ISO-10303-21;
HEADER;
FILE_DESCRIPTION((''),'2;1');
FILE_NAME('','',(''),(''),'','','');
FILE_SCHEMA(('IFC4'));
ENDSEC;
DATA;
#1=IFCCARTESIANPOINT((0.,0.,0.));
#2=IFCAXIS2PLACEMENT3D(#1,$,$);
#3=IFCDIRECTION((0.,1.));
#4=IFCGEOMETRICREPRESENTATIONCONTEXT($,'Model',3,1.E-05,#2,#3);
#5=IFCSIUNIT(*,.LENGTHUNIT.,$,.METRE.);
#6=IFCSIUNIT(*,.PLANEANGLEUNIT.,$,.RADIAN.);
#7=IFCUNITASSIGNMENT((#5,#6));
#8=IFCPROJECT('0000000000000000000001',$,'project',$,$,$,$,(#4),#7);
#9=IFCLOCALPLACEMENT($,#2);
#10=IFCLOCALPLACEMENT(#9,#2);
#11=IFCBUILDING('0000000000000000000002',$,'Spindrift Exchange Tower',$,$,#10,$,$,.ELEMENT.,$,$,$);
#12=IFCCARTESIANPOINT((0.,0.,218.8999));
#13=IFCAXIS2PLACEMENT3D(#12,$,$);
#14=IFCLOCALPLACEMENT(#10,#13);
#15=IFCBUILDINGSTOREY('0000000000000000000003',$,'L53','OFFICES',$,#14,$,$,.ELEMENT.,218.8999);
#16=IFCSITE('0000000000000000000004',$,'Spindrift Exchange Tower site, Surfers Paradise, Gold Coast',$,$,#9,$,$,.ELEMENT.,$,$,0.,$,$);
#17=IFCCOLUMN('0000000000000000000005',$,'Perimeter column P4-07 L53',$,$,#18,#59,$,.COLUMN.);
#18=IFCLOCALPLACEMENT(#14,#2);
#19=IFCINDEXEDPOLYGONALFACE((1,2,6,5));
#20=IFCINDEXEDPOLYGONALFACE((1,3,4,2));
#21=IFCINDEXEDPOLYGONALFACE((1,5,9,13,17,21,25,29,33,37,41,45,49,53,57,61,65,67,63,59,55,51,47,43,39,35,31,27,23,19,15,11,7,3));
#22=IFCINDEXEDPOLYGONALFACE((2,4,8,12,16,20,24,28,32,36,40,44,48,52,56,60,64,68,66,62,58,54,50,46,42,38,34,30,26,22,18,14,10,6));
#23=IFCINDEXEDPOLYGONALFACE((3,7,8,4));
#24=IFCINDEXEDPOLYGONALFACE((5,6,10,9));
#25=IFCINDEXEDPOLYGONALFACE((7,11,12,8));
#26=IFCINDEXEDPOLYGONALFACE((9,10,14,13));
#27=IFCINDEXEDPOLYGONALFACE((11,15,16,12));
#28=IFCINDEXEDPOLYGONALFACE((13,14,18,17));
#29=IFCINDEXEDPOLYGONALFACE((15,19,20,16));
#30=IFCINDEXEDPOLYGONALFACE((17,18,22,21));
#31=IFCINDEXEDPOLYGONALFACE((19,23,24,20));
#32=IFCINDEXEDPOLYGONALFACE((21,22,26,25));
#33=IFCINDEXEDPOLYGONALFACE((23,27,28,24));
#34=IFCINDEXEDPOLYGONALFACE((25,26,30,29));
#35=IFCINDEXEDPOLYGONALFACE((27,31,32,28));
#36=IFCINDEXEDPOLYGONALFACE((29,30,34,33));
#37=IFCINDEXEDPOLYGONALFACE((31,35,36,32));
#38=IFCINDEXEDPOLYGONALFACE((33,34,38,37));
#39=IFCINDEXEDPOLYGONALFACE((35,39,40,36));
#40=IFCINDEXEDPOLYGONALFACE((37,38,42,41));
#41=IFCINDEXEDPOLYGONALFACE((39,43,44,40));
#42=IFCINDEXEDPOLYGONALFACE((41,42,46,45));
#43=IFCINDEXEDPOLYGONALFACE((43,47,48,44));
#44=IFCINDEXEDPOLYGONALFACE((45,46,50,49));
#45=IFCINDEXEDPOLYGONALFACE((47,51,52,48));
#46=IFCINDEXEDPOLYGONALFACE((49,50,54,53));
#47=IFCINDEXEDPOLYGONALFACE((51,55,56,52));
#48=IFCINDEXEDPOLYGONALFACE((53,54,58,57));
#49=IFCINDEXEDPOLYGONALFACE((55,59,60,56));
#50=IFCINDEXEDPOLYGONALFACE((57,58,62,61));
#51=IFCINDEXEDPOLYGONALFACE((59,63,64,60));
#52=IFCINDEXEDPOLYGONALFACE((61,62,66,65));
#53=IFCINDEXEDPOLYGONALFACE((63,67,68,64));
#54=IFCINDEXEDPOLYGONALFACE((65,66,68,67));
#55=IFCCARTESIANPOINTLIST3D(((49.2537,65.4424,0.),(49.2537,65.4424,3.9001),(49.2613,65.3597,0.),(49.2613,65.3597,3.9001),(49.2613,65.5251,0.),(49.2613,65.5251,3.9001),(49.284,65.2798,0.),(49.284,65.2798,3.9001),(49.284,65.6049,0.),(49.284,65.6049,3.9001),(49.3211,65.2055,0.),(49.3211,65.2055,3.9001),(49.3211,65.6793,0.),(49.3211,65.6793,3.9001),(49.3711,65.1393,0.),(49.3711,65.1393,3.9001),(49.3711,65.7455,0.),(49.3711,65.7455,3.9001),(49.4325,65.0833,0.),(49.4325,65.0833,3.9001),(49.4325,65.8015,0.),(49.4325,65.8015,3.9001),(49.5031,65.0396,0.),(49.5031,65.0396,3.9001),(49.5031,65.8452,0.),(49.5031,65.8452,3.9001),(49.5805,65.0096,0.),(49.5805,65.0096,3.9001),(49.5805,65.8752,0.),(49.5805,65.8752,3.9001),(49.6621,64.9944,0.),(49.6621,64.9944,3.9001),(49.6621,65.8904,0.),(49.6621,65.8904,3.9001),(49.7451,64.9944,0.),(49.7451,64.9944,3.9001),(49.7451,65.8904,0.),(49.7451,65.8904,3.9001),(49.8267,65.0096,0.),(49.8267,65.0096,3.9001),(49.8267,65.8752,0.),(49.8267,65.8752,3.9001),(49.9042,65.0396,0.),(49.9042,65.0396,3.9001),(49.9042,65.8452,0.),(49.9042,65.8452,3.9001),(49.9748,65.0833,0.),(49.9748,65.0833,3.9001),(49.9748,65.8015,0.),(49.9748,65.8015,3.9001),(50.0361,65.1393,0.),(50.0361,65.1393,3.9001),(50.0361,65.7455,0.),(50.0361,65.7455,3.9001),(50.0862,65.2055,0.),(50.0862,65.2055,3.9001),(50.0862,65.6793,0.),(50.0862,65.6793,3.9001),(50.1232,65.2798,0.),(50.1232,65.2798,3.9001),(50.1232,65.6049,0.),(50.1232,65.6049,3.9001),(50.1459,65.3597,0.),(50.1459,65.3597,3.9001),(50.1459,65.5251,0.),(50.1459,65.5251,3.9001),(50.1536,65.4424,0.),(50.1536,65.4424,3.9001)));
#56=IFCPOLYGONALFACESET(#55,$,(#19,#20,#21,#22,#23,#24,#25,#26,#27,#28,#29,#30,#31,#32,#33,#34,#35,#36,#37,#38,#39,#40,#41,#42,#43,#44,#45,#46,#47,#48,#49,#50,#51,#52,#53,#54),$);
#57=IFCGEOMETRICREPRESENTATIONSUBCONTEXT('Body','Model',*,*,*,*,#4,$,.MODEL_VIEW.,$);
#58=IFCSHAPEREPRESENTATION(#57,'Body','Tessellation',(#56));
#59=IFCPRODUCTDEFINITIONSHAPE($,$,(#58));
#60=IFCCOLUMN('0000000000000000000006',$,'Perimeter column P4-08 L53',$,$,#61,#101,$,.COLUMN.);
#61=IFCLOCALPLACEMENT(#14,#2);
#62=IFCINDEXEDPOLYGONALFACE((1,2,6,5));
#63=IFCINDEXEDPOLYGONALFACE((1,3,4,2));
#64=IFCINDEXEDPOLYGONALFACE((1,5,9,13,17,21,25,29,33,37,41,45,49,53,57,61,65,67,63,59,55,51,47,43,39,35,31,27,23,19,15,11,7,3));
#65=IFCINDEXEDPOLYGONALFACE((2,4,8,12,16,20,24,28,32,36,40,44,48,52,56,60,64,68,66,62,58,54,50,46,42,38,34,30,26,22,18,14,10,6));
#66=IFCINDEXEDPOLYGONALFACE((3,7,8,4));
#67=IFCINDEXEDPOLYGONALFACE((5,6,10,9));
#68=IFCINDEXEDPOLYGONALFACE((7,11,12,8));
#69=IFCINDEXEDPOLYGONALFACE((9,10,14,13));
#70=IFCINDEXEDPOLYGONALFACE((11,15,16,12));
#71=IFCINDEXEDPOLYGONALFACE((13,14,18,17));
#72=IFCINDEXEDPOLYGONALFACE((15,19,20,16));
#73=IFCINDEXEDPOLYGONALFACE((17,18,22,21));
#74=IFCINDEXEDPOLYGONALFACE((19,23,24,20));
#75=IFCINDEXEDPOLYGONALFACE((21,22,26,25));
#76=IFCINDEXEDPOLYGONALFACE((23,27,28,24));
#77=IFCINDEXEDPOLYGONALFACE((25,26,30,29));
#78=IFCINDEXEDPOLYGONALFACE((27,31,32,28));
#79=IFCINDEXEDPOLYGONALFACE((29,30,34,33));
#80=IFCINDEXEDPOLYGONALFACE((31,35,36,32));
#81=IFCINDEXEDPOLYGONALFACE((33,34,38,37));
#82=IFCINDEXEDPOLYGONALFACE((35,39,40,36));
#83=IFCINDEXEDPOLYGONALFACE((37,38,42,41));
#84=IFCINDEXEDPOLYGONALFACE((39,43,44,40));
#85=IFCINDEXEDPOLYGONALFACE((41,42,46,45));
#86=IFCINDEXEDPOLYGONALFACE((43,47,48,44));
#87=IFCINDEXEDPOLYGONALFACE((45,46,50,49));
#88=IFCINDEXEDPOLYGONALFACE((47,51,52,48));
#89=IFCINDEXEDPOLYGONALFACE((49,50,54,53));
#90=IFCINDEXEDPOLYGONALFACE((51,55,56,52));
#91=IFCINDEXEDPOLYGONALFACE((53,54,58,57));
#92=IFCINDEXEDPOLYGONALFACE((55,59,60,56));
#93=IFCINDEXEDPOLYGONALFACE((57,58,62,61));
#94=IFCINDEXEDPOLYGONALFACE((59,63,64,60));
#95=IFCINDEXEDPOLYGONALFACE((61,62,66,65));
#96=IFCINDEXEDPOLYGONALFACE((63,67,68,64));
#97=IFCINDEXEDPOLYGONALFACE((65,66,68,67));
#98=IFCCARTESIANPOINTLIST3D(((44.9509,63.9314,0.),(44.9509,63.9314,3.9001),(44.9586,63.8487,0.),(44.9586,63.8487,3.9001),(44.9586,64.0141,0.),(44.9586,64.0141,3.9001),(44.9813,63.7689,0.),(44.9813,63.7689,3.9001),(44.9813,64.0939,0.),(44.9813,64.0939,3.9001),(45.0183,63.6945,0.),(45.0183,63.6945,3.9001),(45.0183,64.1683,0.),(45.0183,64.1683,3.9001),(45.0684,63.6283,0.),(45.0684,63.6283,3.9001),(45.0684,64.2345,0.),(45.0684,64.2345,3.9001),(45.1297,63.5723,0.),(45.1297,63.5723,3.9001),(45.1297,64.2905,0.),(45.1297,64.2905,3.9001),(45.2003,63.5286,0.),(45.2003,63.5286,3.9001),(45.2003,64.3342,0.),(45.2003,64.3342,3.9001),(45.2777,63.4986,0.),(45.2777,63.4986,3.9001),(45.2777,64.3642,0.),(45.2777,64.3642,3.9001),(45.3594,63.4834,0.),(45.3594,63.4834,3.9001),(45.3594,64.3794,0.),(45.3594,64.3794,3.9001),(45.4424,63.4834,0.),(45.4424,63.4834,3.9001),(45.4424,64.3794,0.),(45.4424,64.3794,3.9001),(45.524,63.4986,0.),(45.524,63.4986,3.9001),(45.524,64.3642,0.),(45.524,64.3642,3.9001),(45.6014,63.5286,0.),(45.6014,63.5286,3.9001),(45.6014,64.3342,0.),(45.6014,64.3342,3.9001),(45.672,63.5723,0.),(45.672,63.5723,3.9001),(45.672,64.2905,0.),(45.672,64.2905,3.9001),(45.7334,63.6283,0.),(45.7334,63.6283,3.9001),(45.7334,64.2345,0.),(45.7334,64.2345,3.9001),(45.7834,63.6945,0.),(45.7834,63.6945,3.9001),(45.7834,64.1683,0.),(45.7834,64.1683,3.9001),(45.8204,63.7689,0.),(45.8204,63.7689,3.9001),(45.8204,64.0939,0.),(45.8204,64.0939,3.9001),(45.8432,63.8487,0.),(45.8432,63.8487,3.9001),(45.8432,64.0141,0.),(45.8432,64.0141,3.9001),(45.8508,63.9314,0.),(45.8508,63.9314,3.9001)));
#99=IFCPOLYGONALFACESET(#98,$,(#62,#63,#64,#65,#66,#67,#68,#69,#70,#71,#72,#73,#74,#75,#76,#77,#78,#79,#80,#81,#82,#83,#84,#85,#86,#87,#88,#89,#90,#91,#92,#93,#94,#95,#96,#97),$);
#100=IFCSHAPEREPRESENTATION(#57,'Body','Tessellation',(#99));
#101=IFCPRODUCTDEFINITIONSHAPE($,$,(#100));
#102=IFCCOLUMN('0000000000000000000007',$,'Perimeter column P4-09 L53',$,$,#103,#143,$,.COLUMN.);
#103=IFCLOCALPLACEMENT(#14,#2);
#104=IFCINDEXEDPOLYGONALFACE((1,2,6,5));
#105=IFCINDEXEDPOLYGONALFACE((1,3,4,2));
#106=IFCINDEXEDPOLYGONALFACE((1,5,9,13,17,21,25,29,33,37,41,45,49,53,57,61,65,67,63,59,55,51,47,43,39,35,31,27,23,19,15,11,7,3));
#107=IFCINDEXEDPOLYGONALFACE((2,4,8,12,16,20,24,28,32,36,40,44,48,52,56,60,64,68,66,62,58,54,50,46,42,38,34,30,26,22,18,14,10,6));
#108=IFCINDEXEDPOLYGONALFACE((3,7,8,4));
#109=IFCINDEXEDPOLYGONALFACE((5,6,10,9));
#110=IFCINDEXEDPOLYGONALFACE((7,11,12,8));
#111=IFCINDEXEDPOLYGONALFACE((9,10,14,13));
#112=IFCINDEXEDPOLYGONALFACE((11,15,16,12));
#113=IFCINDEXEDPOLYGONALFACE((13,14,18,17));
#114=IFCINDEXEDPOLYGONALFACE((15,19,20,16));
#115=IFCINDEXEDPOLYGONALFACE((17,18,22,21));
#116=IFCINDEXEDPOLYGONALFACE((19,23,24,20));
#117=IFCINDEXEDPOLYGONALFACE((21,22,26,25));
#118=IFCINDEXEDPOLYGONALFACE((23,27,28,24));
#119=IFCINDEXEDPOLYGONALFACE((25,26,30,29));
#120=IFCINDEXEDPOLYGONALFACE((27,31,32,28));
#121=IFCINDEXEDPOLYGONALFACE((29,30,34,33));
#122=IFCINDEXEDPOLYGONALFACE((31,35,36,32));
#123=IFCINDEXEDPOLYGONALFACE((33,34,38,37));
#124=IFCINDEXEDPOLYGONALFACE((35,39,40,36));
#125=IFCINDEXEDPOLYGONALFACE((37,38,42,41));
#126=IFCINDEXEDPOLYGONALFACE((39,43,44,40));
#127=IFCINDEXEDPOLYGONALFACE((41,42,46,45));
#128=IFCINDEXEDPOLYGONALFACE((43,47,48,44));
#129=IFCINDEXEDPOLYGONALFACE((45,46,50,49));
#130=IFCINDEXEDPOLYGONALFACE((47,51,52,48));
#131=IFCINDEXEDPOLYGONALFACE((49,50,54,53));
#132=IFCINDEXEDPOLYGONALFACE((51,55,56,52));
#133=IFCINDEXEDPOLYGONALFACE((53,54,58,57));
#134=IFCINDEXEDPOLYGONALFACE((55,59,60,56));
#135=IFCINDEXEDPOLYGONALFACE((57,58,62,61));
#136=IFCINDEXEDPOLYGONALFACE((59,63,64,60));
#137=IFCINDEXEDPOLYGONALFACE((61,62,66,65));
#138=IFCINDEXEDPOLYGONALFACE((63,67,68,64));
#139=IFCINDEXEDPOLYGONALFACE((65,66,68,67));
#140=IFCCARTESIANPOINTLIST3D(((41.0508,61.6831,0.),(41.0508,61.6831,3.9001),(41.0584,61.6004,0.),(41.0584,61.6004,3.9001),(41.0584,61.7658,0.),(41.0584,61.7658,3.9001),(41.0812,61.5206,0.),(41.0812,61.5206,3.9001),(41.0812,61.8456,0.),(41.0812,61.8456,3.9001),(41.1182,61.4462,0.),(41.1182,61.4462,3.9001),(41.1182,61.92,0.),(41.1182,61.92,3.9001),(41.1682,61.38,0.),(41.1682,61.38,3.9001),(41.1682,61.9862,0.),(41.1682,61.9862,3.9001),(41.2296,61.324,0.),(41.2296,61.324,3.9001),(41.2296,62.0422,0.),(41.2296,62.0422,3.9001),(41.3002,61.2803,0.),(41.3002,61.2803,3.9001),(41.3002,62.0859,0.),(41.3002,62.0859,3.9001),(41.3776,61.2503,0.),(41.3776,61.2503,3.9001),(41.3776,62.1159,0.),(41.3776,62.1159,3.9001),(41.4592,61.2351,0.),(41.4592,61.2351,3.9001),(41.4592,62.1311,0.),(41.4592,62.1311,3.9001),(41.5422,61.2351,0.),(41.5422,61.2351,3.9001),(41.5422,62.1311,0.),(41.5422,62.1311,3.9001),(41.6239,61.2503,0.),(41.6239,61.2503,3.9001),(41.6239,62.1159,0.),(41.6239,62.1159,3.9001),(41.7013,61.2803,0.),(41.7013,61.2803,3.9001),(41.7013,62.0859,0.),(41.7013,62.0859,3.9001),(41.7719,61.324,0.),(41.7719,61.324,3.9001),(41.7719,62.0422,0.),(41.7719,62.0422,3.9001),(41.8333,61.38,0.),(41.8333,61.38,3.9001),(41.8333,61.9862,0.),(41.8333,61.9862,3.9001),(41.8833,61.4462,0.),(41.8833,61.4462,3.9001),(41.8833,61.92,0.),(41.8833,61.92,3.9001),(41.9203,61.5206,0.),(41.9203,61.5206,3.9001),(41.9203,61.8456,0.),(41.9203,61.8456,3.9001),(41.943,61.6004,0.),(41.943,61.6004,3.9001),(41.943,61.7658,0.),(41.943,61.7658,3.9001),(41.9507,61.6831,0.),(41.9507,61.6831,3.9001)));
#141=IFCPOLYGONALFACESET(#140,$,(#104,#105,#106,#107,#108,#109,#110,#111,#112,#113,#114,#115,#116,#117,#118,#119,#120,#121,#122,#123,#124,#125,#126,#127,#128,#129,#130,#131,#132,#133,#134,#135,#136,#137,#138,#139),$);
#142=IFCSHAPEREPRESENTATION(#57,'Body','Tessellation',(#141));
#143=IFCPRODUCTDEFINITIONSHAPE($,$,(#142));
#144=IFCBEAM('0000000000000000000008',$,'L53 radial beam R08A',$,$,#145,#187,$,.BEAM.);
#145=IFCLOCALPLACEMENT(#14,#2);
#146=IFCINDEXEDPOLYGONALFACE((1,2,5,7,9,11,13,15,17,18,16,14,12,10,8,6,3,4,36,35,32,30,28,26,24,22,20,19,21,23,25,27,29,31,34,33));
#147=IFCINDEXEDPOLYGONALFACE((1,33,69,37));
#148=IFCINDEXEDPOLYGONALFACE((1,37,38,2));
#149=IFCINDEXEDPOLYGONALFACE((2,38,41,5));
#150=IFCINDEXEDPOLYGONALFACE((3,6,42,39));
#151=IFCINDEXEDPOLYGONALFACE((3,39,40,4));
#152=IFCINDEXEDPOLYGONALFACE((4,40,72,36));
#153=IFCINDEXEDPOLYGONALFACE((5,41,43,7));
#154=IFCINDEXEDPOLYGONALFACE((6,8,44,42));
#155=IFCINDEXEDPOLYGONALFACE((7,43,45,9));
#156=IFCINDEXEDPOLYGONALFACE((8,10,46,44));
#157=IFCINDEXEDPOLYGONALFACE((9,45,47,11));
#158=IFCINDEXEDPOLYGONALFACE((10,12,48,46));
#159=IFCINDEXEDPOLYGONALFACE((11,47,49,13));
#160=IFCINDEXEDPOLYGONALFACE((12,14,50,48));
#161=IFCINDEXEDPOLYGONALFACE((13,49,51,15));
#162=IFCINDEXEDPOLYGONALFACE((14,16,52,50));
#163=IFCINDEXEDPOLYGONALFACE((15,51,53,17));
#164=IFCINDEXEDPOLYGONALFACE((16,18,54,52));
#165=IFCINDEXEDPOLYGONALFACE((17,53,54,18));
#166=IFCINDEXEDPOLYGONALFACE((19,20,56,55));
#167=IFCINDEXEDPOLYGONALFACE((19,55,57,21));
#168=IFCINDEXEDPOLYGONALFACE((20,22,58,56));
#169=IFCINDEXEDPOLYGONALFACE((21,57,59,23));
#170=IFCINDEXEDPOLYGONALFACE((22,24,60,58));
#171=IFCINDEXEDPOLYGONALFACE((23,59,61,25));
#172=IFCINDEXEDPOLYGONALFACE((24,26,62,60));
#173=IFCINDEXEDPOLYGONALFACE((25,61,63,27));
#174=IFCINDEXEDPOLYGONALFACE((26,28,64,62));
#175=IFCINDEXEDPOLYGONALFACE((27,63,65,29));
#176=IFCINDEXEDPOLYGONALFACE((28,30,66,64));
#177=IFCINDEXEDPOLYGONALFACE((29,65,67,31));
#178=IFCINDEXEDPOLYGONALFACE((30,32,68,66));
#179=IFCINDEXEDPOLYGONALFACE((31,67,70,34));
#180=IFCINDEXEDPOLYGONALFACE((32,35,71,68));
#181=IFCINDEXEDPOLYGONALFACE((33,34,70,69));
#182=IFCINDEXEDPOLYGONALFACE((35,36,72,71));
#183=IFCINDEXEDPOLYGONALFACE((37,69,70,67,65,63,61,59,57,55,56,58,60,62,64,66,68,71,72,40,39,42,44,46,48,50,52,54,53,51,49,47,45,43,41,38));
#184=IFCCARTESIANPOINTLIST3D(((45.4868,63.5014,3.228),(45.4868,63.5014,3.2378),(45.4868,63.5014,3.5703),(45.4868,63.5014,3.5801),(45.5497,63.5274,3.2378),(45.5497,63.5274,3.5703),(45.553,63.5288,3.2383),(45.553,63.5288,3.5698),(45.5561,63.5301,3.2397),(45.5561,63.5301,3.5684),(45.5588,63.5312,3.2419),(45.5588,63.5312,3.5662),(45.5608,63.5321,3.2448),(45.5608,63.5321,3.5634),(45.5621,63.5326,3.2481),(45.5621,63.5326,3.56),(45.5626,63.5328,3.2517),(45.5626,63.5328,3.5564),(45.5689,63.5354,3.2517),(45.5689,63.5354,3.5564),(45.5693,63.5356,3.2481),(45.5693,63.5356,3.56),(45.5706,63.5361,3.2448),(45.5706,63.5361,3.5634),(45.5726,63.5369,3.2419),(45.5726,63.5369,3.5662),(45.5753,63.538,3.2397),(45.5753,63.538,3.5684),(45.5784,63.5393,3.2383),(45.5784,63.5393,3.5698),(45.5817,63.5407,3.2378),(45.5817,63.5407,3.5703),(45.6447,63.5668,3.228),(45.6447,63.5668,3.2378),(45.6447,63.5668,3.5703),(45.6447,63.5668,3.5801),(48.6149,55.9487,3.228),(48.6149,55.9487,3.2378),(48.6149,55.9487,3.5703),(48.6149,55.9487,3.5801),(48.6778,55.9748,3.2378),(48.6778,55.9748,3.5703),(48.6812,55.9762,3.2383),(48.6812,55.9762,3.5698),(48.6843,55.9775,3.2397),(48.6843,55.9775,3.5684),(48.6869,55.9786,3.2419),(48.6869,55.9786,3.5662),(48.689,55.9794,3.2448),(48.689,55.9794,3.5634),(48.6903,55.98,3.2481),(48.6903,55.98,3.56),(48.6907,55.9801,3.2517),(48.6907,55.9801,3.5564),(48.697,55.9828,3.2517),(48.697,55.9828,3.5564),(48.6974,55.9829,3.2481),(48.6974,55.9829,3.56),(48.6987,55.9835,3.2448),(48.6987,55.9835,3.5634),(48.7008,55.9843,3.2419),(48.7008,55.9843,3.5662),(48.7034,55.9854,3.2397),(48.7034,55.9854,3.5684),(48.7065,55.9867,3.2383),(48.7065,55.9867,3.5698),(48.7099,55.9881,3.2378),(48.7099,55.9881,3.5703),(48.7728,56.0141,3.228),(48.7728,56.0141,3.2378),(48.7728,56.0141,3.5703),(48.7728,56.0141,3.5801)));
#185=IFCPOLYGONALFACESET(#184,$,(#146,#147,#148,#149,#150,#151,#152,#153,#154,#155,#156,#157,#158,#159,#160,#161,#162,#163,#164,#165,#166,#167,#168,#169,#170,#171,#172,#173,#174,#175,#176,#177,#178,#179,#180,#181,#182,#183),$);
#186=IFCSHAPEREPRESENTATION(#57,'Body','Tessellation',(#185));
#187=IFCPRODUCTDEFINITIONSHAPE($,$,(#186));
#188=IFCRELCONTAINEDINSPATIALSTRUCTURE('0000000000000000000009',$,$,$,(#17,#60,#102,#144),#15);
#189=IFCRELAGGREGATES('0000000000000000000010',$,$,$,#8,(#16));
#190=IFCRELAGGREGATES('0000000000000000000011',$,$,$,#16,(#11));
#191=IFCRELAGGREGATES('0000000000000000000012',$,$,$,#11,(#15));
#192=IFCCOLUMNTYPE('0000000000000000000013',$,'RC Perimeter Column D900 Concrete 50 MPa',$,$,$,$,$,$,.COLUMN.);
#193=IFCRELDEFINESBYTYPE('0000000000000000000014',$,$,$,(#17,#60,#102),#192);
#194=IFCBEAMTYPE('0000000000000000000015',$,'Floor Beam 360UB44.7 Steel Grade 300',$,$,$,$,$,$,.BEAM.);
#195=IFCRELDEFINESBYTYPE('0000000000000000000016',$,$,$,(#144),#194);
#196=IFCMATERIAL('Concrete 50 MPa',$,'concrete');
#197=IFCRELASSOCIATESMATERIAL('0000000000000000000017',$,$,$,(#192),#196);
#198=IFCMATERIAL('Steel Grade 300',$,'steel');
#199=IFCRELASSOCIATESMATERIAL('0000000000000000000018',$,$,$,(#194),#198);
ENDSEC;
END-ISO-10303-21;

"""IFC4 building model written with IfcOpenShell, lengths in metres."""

from ifc_helpers import new_model, si_unit, direction, frame, origin, origin_2d, place, context, subcontext, project, spatial, circle, i_section, extrude, source, transform, mapped, material, material_profile, profile_set, type_object, element, save


model = new_model("IFC4")

# Units and contexts
model_context = context("Model", 3, precision=1e-05, world=origin(), true_north=direction((0.0, 1.0)))
body_context = subcontext(model_context, "Body", "Model", "MODEL_VIEW")
ifc_project = project(units=[si_unit("LENGTHUNIT", "METRE"), si_unit("PLANEANGLEUNIT", "RADIAN")], contexts=[model_context])

# Site, building, storey
site_placement = place(None, origin())
site = spatial("IfcSite", under=ifc_project, at=site_placement, Name="Spindrift Exchange Tower site, Surfers Paradise, Gold Coast", CompositionType="ELEMENT", RefElevation=0.0)
building_placement = place(site_placement, origin())
building = spatial("IfcBuilding", under=site, at=building_placement, Name="Spindrift Exchange Tower", CompositionType="ELEMENT")
storey_placement = place(building_placement, frame((0.0, 0.0, 218.8999)))
storey = spatial("IfcBuildingStorey", under=building, at=storey_placement, Name="L53", Description="OFFICES", CompositionType="ELEMENT", Elevation=218.8999)

# Columns
ifc_material_1 = material(Name="Concrete 50 MPa", Category="concrete")
ifc_material_profile_1 = material_profile(ifc_material_1, circle(Radius=0.45, at=origin_2d()), Name="RC D900")
ifc_profile_set_1 = profile_set([ifc_material_profile_1], Name="Concrete 50 MPa")
column_type = type_object("IfcColumnType", Name="RC Perimeter Column D900 Concrete 50 MPa", PredefinedType="COLUMN", material=ifc_profile_set_1)
shared_shape_1 = source(origin(), body_context, "Body", "SweptSolid", [
    extrude(circle(Radius=0.45, at=origin_2d()), origin(), (0.0, 0.0, 1.0), 3.9001),
])
for number, where, z_axis, x_axis, name in (
    (1, (49.7036, 65.4424, 0.0), (0.0, 0.0, 1.0), (1.0, 0.0, 0.0), "Perimeter column P4-07 L53"),
    (2, (45.4009, 63.9314, 0.0), (0.0, 0.0, 1.0), (1.0, 0.0, 0.0), "Perimeter column P4-08 L53"),
    (3, (41.5007, 61.6831, 0.0), (0.0, 0.0, 1.0), (1.0, 0.0, 0.0), "Perimeter column P4-09 L53"),
):
    element("IfcColumn", number, at=place(storey_placement, frame(where, z_axis=z_axis, x_axis=x_axis)), inside=storey, type_object=column_type, Name=name, PredefinedType="COLUMN", context=body_context, shape_type="MappedRepresentation", body=[
        mapped(shared_shape_1, transform((0.0, 0.0, 0.0), scale=1.0)),
    ])

# Beam
ifc_material_2 = material(Name="Steel Grade 300", Category="steel")
ifc_material_profile_2 = material_profile(ifc_material_2, i_section(OverallWidth=0.1709, OverallDepth=0.3521, WebThickness=0.0068, FlangeThickness=0.0098, FilletRadius=0.0139, at=origin_2d()), Name="360UB44.7")
ifc_profile_set_2 = profile_set([ifc_material_profile_2], Name="Steel Grade 300")
beam_type_1 = type_object("IfcBeamType", Name="Floor Beam 360UB44.7 Steel Grade 300", PredefinedType="BEAM", material=ifc_profile_set_2)
shared_shape_2 = source(origin(), body_context, "Body", "SweptSolid", [
    extrude(i_section(OverallWidth=0.1709, OverallDepth=0.3521, WebThickness=0.0068, FlangeThickness=0.0098, FilletRadius=0.0139, at=origin_2d()), origin(), (0.0, 0.0, 1.0), 8.1748),
])
beam_1_placement = place(storey_placement, frame((48.6938, 55.9814, 3.4041), z_axis=(-0.382655, 0.923891, 0.0), x_axis=(-0.923891, -0.382655, 0.0)))
element("IfcBeam", 4, at=beam_1_placement, inside=storey, type_object=beam_type_1, Name="L53 radial beam R08A", PredefinedType="BEAM", context=body_context, shape_type="MappedRepresentation", body=[
    mapped(shared_shape_2, transform((0.0, 0.0, 0.0), scale=1.0)),
])

save(model, "model.ifc")
